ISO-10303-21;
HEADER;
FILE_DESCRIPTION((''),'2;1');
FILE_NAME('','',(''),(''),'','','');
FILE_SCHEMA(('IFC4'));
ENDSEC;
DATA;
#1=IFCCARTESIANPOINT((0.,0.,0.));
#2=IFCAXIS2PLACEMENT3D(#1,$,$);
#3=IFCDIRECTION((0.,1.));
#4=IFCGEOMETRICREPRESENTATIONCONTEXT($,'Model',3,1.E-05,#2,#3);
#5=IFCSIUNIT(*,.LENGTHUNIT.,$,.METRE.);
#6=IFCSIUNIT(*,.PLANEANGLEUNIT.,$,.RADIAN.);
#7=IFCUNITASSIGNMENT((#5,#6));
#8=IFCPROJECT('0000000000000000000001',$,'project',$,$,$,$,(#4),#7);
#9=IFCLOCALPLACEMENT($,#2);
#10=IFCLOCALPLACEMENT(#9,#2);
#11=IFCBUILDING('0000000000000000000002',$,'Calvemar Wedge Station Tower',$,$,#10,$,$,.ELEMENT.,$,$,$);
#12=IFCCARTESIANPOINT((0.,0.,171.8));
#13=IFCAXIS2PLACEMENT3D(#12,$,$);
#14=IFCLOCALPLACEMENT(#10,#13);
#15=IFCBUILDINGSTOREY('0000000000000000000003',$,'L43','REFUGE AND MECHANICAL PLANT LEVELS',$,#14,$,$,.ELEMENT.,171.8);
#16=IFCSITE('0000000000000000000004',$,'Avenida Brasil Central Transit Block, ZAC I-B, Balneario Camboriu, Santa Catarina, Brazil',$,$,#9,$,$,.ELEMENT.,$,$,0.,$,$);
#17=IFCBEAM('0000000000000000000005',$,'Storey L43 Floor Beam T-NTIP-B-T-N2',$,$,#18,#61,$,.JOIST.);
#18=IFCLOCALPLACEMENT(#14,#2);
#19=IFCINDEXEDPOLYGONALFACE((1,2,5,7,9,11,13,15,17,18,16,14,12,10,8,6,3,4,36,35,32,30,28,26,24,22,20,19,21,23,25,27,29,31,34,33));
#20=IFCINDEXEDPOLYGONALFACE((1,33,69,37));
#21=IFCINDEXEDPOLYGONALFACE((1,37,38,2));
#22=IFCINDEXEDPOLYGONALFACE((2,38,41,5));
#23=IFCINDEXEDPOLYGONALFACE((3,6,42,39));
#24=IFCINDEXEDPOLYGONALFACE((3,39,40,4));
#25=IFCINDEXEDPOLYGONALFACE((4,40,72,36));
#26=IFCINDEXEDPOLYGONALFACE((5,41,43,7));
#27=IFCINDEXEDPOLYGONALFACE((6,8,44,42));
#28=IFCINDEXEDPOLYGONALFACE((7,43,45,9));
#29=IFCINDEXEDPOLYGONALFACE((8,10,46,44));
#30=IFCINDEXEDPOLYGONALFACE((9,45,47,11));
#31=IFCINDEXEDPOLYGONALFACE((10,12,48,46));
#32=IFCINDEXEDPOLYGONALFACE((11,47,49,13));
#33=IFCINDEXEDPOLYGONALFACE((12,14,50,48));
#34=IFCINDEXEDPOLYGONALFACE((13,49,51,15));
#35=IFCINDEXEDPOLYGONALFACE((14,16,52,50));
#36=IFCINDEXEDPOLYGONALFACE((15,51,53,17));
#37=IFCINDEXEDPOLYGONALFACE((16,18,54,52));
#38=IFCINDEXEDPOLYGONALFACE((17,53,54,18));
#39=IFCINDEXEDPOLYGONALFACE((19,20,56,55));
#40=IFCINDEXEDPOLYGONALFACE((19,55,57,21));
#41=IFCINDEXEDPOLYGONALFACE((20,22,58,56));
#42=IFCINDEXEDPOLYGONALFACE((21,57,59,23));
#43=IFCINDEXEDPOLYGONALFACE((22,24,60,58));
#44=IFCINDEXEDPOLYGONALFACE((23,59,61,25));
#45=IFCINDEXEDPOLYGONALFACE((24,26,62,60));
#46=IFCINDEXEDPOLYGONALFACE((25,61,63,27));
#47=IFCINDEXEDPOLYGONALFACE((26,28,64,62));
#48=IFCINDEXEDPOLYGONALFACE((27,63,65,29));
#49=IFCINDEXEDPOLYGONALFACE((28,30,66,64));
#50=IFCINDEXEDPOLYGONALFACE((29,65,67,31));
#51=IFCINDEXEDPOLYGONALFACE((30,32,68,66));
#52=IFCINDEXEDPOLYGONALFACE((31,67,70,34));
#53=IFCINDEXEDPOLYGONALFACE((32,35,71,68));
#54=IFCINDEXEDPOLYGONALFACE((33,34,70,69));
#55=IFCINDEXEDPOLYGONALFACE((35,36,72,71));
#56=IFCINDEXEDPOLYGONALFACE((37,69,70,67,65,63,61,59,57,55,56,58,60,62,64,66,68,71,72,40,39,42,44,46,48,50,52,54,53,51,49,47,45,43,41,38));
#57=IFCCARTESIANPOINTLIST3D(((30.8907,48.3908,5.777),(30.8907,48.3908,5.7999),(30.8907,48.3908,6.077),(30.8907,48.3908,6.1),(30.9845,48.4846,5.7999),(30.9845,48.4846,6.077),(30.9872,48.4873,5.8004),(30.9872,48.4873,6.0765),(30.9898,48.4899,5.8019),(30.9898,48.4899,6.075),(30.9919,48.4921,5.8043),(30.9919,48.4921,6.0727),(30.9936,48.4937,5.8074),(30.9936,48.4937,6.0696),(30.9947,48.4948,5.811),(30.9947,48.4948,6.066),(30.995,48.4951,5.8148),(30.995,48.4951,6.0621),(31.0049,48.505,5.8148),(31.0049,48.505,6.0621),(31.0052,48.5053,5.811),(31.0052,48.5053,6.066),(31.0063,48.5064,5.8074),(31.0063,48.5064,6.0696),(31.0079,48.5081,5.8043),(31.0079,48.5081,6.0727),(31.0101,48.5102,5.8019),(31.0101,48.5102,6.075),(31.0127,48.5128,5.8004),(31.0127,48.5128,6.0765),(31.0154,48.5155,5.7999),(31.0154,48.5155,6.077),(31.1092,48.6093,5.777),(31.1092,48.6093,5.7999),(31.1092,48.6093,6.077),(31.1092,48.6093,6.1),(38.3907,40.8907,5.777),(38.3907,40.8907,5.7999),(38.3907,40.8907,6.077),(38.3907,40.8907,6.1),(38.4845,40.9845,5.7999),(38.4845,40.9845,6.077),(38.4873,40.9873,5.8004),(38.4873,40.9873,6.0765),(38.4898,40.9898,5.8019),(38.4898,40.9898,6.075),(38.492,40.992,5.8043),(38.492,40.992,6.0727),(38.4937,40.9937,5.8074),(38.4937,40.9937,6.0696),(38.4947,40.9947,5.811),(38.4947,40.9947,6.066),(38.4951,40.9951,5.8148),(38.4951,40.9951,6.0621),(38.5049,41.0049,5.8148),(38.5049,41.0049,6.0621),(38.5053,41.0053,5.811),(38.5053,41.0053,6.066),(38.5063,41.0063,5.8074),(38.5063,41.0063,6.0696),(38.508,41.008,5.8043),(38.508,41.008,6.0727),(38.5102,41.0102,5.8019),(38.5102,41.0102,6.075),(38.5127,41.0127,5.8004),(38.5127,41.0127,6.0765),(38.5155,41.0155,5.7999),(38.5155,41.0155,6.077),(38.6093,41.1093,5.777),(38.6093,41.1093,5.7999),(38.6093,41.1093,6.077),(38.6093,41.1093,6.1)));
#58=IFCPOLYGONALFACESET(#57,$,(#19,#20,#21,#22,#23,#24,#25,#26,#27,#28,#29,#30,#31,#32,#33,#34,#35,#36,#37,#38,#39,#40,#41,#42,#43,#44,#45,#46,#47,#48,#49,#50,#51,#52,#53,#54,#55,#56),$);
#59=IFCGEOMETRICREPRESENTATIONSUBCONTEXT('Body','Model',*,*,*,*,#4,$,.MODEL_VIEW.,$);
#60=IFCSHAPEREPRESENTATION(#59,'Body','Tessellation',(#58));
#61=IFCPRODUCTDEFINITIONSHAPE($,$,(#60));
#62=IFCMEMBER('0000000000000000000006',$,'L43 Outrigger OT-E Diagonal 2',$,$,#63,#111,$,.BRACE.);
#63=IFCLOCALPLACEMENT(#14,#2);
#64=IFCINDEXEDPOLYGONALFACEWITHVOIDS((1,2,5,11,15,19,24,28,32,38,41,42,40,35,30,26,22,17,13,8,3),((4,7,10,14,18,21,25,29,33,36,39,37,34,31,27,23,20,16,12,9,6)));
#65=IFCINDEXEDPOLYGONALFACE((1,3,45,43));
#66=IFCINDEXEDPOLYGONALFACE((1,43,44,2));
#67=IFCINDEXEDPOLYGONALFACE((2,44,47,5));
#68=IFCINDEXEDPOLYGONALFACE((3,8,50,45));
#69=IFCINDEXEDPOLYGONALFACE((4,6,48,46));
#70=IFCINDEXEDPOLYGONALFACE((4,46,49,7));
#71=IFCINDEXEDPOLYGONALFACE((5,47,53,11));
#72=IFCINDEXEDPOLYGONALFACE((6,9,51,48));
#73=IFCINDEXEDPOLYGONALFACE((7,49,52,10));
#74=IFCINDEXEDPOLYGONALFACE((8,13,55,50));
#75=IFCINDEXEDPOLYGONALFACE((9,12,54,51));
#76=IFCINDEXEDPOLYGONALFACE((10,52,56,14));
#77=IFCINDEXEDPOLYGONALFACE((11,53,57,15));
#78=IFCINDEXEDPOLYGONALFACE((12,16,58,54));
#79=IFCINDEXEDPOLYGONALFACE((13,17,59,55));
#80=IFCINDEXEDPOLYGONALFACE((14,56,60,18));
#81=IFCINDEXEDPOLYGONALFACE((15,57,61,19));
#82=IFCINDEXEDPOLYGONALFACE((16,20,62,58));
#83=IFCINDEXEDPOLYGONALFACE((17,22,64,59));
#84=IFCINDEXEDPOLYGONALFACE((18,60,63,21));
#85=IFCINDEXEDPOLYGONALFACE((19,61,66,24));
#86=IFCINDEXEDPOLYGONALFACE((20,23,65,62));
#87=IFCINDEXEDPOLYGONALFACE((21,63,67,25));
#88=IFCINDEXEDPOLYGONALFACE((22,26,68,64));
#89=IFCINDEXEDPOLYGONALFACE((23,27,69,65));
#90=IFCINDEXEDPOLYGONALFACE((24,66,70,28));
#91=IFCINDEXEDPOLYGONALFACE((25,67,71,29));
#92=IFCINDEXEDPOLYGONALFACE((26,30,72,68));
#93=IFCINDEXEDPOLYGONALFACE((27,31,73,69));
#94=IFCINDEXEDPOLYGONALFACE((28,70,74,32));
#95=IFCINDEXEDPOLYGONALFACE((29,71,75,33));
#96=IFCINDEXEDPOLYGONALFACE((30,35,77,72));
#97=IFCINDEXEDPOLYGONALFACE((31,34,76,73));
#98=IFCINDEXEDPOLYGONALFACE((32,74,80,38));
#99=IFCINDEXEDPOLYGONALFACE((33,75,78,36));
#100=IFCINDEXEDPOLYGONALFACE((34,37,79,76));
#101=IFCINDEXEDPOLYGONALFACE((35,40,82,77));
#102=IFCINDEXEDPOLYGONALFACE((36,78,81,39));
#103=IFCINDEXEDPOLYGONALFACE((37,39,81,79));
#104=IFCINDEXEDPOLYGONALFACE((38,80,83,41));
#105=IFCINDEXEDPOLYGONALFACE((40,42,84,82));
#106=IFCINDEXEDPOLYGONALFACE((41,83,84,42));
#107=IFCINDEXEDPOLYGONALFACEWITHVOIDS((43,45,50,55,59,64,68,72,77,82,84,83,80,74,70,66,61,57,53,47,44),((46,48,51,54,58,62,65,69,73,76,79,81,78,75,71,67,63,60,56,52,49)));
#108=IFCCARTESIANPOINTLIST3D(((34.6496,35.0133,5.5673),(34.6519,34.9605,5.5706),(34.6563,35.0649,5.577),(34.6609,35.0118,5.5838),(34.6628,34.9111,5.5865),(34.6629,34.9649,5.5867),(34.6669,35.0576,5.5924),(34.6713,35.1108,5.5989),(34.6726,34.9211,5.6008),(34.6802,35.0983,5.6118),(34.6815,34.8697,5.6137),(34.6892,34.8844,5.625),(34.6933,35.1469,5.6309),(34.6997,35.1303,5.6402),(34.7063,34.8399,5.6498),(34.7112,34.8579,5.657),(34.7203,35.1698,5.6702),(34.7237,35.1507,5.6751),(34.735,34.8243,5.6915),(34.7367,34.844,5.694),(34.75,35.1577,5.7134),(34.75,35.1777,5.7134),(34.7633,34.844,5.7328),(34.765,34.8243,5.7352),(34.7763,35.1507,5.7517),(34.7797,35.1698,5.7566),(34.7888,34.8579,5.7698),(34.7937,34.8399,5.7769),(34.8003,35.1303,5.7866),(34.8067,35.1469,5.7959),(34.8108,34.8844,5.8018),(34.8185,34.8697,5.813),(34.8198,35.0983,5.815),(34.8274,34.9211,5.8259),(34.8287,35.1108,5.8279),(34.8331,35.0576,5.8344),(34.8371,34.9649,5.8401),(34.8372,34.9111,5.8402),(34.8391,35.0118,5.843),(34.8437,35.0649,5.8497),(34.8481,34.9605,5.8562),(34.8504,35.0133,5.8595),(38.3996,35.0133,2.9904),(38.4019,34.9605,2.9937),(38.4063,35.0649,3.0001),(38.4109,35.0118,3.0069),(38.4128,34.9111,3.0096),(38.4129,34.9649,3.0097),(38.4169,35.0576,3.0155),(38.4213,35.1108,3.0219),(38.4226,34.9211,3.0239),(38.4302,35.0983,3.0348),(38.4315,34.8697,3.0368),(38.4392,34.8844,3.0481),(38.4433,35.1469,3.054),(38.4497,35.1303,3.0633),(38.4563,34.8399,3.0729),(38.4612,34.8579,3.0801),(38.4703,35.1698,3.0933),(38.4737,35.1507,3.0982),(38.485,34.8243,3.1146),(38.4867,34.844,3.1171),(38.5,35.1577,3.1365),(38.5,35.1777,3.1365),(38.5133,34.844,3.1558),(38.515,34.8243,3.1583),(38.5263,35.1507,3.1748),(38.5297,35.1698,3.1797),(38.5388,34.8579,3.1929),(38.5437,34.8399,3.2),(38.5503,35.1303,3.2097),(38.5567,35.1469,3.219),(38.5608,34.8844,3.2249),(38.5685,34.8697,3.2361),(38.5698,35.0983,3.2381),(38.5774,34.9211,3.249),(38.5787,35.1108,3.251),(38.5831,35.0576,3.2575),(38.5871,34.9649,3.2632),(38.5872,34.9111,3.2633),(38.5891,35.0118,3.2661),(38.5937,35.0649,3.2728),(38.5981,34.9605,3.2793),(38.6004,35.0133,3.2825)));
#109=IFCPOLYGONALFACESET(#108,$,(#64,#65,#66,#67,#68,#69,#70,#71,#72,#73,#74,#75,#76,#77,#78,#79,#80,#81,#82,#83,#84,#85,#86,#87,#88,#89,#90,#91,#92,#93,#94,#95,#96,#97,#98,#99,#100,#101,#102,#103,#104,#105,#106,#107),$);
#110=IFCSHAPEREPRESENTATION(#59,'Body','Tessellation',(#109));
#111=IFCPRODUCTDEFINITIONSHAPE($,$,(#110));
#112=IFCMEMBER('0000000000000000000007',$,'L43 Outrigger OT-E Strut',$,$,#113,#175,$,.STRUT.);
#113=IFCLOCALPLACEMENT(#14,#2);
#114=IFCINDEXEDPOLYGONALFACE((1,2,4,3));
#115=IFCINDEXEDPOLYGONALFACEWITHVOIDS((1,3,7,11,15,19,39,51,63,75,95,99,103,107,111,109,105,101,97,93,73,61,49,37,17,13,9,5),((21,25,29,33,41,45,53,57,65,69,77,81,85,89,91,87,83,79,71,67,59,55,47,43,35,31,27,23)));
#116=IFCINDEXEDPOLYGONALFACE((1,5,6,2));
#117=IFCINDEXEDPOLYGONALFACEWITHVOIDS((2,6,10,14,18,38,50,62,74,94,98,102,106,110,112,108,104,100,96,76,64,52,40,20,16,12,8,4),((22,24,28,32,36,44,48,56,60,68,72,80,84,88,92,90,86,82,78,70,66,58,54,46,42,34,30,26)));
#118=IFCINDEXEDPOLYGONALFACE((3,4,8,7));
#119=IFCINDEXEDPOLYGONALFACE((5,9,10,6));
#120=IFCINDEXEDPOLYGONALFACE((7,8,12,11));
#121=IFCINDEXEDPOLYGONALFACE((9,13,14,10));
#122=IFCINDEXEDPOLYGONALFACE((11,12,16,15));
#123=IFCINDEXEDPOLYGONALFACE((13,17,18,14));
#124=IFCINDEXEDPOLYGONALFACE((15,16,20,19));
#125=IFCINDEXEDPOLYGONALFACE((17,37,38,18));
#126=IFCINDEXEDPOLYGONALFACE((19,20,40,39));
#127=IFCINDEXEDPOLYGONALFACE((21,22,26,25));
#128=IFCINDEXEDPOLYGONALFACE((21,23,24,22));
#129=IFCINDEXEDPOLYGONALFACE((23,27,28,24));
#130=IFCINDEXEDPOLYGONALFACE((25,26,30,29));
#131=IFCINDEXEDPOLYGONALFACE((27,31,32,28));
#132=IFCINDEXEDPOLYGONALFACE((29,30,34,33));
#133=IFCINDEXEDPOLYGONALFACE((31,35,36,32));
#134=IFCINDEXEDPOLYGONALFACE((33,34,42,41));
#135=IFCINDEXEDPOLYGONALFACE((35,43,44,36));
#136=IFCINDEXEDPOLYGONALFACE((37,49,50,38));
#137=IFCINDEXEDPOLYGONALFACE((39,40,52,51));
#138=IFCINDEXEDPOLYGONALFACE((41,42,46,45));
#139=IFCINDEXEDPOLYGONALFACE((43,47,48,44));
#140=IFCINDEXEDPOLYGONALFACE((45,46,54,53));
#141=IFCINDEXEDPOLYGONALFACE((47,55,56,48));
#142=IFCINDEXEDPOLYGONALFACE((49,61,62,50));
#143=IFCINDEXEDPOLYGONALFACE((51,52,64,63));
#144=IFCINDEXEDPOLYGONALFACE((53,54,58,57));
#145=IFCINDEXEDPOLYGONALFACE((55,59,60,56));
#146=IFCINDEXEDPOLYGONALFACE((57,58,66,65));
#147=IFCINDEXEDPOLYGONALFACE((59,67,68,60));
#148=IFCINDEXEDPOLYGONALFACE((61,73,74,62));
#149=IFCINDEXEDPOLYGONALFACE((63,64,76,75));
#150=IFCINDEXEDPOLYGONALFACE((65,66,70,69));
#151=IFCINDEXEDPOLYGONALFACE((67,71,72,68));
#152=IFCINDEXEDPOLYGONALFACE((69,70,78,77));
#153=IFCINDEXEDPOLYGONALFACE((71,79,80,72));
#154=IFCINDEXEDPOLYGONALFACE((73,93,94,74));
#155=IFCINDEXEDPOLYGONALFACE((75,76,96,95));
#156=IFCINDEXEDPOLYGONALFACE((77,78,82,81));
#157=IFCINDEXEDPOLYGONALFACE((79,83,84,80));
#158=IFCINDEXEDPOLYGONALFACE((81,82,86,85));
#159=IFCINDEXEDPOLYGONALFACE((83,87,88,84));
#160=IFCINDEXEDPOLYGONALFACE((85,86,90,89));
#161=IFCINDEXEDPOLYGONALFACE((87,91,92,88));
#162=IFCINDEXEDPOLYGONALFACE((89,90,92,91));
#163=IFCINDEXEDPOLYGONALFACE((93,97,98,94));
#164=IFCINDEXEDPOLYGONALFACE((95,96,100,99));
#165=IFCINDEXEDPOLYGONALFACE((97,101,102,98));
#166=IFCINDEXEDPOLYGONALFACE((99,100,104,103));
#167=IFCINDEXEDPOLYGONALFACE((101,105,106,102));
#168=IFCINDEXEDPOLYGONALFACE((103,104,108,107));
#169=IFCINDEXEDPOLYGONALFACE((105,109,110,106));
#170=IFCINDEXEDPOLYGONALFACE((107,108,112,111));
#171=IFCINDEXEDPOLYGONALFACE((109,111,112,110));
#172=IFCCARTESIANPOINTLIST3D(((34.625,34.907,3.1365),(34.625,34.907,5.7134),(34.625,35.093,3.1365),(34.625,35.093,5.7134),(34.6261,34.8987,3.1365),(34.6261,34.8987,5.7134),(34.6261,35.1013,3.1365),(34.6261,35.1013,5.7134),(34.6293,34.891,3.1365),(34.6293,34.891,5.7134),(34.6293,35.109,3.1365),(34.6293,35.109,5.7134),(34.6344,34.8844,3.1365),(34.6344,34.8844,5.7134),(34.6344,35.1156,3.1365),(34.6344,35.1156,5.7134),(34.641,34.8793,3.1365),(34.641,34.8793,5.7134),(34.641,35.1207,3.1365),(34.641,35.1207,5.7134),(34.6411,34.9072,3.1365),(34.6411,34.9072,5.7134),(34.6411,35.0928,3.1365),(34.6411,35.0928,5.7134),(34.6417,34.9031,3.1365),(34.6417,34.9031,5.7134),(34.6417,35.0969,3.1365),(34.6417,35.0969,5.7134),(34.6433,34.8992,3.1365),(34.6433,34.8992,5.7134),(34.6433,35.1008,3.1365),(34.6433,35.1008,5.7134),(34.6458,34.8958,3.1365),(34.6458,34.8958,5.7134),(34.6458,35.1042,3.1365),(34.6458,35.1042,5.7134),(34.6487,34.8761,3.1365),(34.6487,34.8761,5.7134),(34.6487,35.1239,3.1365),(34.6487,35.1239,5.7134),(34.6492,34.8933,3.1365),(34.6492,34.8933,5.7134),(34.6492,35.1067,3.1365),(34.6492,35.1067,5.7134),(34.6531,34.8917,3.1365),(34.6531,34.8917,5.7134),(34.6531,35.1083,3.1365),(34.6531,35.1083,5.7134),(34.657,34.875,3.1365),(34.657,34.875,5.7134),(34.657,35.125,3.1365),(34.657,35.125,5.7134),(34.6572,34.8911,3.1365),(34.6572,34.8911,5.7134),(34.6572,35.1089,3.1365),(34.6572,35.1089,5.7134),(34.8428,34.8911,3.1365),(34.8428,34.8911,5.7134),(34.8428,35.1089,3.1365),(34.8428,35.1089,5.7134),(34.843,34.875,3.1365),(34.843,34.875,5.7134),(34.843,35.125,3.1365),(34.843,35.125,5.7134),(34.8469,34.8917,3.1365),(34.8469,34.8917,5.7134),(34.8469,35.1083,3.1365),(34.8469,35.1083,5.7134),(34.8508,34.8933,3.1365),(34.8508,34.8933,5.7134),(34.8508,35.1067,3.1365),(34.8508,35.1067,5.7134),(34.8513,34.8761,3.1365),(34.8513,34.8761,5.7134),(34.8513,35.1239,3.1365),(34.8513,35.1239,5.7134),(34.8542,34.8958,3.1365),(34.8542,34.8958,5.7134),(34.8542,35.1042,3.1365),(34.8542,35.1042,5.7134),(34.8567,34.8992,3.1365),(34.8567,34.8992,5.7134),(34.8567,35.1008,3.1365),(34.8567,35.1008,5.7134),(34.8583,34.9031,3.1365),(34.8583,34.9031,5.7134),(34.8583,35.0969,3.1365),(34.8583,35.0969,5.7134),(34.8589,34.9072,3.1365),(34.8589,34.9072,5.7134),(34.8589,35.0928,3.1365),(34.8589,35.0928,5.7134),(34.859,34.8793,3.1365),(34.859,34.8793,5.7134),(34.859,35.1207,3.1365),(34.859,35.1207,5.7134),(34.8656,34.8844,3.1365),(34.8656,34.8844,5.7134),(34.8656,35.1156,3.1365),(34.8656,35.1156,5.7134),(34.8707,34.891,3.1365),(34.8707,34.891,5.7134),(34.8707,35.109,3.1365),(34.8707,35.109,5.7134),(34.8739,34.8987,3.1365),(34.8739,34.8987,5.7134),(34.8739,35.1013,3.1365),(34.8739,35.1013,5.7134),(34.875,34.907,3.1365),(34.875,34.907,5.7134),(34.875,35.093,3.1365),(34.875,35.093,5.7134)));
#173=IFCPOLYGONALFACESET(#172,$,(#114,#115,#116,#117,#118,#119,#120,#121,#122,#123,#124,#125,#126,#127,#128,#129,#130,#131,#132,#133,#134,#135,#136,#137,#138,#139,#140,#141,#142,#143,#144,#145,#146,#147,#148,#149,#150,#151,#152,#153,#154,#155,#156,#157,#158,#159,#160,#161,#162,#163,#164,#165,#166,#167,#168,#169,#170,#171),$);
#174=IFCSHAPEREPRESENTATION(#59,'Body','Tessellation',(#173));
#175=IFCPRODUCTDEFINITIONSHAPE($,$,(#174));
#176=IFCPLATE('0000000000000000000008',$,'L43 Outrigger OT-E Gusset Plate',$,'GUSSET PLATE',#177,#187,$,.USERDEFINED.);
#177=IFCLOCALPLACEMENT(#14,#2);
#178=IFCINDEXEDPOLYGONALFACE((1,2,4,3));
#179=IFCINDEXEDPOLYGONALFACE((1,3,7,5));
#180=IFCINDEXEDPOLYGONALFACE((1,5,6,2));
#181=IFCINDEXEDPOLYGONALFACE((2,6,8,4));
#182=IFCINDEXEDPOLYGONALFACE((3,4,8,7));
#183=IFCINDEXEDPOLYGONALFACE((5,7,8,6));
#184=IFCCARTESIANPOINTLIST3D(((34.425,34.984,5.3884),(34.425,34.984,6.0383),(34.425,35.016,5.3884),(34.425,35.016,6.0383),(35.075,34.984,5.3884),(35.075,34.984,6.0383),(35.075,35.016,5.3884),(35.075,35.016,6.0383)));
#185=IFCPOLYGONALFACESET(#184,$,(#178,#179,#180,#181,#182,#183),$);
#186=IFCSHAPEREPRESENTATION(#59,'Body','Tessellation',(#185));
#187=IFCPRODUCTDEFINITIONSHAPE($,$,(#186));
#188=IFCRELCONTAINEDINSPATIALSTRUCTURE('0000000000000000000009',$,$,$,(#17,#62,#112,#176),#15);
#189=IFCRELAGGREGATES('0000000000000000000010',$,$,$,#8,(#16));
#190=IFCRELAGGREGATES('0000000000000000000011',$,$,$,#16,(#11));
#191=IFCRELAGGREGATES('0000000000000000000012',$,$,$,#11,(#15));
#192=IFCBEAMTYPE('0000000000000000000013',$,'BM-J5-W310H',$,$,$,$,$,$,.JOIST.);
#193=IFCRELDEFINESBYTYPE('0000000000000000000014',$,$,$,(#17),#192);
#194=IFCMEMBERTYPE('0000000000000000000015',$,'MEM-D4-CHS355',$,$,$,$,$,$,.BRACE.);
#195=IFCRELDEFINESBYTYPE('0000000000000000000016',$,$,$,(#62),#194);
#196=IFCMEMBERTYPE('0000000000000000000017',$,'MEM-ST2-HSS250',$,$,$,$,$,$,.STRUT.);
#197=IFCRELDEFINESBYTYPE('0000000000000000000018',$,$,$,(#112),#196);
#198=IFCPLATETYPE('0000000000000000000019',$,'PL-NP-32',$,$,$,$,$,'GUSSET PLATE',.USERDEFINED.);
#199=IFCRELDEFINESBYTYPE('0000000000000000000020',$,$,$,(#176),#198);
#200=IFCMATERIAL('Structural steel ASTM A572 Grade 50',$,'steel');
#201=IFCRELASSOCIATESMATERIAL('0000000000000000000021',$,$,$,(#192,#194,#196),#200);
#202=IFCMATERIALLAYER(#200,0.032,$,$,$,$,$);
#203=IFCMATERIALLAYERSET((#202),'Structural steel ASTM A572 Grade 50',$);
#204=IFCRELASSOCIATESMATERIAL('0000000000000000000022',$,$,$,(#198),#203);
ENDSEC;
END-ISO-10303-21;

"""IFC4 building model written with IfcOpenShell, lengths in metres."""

from ifc_helpers import new_model, si_unit, direction, frame, origin, origin_2d, place, context, subcontext, project, spatial, rectangle, hollow_rectangle, hollow_circle, i_section, extrude, source, transform, mapped, material, layer, layer_set, material_profile, profile_set, type_object, element, save


model = new_model("IFC4")

# Units and contexts
model_context = context("Model", 3, precision=1e-05, world=origin(), true_north=direction((0.0, 1.0)))
body_context = subcontext(model_context, "Body", "Model", "MODEL_VIEW")
ifc_project = project(units=[si_unit("LENGTHUNIT", "METRE"), si_unit("PLANEANGLEUNIT", "RADIAN")], contexts=[model_context])

# Site, building, storey
site_placement = place(None, origin())
site = spatial("IfcSite", under=ifc_project, at=site_placement, Name="Avenida Brasil Central Transit Block, ZAC I-B, Balneario Camboriu, Santa Catarina, Brazil", CompositionType="ELEMENT", RefElevation=0.0)
building_placement = place(site_placement, origin())
building = spatial("IfcBuilding", under=site, at=building_placement, Name="Calvemar Wedge Station Tower", CompositionType="ELEMENT")
storey_placement = place(building_placement, frame((0.0, 0.0, 171.8)))
storey = spatial("IfcBuildingStorey", under=building, at=storey_placement, Name="L43", Description="REFUGE AND MECHANICAL PLANT LEVELS", CompositionType="ELEMENT", Elevation=171.8)

# Shared definitions
ifc_material_1 = material(Name="Structural steel ASTM A572 Grade 50", Category="steel")

# Beam
ifc_material_profile_1 = material_profile(ifc_material_1, i_section(OverallWidth=0.3091, OverallDepth=0.323, WebThickness=0.0139, FlangeThickness=0.0229, FilletRadius=0.0149, at=origin_2d()), Name="W310x143")
ifc_profile_set_1 = profile_set([ifc_material_profile_1], Name="Structural steel ASTM A572 Grade 50")
beam_type_1 = type_object("IfcBeamType", Name="BM-J5-W310H", PredefinedType="JOIST", material=ifc_profile_set_1)
shared_shape_1 = source(origin(), body_context, "Body", "SweptSolid", [
    extrude(i_section(OverallWidth=0.3091, OverallDepth=0.323, WebThickness=0.0139, FlangeThickness=0.0229, FilletRadius=0.0149, at=origin_2d()), origin(), (0.0, 0.0, 1.0), 10.6067),
])
beam_1_placement = place(storey_placement, frame((38.5, 41.0, 5.9385), z_axis=(-0.707107, 0.707107, 0.0), x_axis=(-0.707107, -0.707107, 0.0)))
element("IfcBeam", 1, at=beam_1_placement, inside=storey, type_object=beam_type_1, Name="Storey L43 Floor Beam T-NTIP-B-T-N2", PredefinedType="JOIST", context=body_context, shape_type="MappedRepresentation", body=[
    mapped(shared_shape_1, transform((0.0, 0.0, 0.0), scale=1.0)),
])

# Members
ifc_material_profile_2 = material_profile(ifc_material_1, hollow_circle(Radius=0.1777, WallThickness=0.02, at=origin_2d()), Name="CHS355.6x20")
ifc_profile_set_2 = profile_set([ifc_material_profile_2], Name="Structural steel ASTM A572 Grade 50")
member_type_1 = type_object("IfcMemberType", Name="MEM-D4-CHS355", PredefinedType="BRACE", material=ifc_profile_set_2)
shared_shape_2 = source(origin(), body_context, "Body", "SweptSolid", [
    extrude(hollow_circle(Radius=0.1777, WallThickness=0.02, at=origin_2d()), origin(), (0.0, 0.0, 1.0), 4.55),
])
member_1_placement = place(storey_placement, frame((34.75, 35.0, 5.7134), z_axis=(0.824167, 0.0, -0.566347), x_axis=(0.0, 1.0, 0.0)))
element("IfcMember", 2, at=member_1_placement, inside=storey, type_object=member_type_1, Name="L43 Outrigger OT-E Diagonal 2", PredefinedType="BRACE", context=body_context, shape_type="MappedRepresentation", body=[
    mapped(shared_shape_2, transform((0.0, 0.0, 0.0), scale=1.0)),
])
ifc_material_profile_3 = material_profile(ifc_material_1, hollow_rectangle(XDim=0.25, YDim=0.25, WallThickness=0.0161, InnerFilletRadius=0.0161, OuterFilletRadius=0.032, at=origin_2d()), Name="HSS250x250x16")
ifc_profile_set_3 = profile_set([ifc_material_profile_3], Name="Structural steel ASTM A572 Grade 50")
member_type_2 = type_object("IfcMemberType", Name="MEM-ST2-HSS250", PredefinedType="STRUT", material=ifc_profile_set_3)
shared_shape_3 = source(origin(), body_context, "Body", "SweptSolid", [
    extrude(hollow_rectangle(XDim=0.25, YDim=0.25, WallThickness=0.0161, InnerFilletRadius=0.0161, OuterFilletRadius=0.032, at=origin_2d()), origin(), (0.0, 0.0, 1.0), 2.5769),
])
member_2_placement = place(storey_placement, frame((34.75, 35.0, 3.1365), z_axis=(0.0, 0.0, 1.0), x_axis=(1.0, 0.0, 0.0)))
element("IfcMember", 3, at=member_2_placement, inside=storey, type_object=member_type_2, Name="L43 Outrigger OT-E Strut", PredefinedType="STRUT", context=body_context, shape_type="MappedRepresentation", body=[
    mapped(shared_shape_3, transform((0.0, 0.0, 0.0), scale=1.0)),
])

# Plate
ifc_layer_1 = layer(ifc_material_1, 0.032)
ifc_layer_set_1 = layer_set([ifc_layer_1], Name="Structural steel ASTM A572 Grade 50")
plate_type_1 = type_object("IfcPlateType", Name="PL-NP-32", ElementType="GUSSET PLATE", PredefinedType="USERDEFINED", material=ifc_layer_set_1)
shared_shape_4 = source(origin(), body_context, "Body", "SweptSolid", [
    extrude(rectangle(XDim=0.6499, YDim=0.032, at=origin_2d()), origin(), (0.0, 0.0, 1.0), 0.6499),
])
plate_1_placement = place(storey_placement, frame((34.75, 35.0, 5.3884), z_axis=(0.0, 0.0, 1.0), x_axis=(1.0, 0.0, 0.0)))
element("IfcPlate", 4, at=plate_1_placement, inside=storey, type_object=plate_type_1, Name="L43 Outrigger OT-E Gusset Plate", ObjectType="GUSSET PLATE", PredefinedType="USERDEFINED", context=body_context, shape_type="MappedRepresentation", body=[
    mapped(shared_shape_4, transform((0.0, 0.0, 0.0), scale=1.0)),
])

save(model, "model.ifc")
